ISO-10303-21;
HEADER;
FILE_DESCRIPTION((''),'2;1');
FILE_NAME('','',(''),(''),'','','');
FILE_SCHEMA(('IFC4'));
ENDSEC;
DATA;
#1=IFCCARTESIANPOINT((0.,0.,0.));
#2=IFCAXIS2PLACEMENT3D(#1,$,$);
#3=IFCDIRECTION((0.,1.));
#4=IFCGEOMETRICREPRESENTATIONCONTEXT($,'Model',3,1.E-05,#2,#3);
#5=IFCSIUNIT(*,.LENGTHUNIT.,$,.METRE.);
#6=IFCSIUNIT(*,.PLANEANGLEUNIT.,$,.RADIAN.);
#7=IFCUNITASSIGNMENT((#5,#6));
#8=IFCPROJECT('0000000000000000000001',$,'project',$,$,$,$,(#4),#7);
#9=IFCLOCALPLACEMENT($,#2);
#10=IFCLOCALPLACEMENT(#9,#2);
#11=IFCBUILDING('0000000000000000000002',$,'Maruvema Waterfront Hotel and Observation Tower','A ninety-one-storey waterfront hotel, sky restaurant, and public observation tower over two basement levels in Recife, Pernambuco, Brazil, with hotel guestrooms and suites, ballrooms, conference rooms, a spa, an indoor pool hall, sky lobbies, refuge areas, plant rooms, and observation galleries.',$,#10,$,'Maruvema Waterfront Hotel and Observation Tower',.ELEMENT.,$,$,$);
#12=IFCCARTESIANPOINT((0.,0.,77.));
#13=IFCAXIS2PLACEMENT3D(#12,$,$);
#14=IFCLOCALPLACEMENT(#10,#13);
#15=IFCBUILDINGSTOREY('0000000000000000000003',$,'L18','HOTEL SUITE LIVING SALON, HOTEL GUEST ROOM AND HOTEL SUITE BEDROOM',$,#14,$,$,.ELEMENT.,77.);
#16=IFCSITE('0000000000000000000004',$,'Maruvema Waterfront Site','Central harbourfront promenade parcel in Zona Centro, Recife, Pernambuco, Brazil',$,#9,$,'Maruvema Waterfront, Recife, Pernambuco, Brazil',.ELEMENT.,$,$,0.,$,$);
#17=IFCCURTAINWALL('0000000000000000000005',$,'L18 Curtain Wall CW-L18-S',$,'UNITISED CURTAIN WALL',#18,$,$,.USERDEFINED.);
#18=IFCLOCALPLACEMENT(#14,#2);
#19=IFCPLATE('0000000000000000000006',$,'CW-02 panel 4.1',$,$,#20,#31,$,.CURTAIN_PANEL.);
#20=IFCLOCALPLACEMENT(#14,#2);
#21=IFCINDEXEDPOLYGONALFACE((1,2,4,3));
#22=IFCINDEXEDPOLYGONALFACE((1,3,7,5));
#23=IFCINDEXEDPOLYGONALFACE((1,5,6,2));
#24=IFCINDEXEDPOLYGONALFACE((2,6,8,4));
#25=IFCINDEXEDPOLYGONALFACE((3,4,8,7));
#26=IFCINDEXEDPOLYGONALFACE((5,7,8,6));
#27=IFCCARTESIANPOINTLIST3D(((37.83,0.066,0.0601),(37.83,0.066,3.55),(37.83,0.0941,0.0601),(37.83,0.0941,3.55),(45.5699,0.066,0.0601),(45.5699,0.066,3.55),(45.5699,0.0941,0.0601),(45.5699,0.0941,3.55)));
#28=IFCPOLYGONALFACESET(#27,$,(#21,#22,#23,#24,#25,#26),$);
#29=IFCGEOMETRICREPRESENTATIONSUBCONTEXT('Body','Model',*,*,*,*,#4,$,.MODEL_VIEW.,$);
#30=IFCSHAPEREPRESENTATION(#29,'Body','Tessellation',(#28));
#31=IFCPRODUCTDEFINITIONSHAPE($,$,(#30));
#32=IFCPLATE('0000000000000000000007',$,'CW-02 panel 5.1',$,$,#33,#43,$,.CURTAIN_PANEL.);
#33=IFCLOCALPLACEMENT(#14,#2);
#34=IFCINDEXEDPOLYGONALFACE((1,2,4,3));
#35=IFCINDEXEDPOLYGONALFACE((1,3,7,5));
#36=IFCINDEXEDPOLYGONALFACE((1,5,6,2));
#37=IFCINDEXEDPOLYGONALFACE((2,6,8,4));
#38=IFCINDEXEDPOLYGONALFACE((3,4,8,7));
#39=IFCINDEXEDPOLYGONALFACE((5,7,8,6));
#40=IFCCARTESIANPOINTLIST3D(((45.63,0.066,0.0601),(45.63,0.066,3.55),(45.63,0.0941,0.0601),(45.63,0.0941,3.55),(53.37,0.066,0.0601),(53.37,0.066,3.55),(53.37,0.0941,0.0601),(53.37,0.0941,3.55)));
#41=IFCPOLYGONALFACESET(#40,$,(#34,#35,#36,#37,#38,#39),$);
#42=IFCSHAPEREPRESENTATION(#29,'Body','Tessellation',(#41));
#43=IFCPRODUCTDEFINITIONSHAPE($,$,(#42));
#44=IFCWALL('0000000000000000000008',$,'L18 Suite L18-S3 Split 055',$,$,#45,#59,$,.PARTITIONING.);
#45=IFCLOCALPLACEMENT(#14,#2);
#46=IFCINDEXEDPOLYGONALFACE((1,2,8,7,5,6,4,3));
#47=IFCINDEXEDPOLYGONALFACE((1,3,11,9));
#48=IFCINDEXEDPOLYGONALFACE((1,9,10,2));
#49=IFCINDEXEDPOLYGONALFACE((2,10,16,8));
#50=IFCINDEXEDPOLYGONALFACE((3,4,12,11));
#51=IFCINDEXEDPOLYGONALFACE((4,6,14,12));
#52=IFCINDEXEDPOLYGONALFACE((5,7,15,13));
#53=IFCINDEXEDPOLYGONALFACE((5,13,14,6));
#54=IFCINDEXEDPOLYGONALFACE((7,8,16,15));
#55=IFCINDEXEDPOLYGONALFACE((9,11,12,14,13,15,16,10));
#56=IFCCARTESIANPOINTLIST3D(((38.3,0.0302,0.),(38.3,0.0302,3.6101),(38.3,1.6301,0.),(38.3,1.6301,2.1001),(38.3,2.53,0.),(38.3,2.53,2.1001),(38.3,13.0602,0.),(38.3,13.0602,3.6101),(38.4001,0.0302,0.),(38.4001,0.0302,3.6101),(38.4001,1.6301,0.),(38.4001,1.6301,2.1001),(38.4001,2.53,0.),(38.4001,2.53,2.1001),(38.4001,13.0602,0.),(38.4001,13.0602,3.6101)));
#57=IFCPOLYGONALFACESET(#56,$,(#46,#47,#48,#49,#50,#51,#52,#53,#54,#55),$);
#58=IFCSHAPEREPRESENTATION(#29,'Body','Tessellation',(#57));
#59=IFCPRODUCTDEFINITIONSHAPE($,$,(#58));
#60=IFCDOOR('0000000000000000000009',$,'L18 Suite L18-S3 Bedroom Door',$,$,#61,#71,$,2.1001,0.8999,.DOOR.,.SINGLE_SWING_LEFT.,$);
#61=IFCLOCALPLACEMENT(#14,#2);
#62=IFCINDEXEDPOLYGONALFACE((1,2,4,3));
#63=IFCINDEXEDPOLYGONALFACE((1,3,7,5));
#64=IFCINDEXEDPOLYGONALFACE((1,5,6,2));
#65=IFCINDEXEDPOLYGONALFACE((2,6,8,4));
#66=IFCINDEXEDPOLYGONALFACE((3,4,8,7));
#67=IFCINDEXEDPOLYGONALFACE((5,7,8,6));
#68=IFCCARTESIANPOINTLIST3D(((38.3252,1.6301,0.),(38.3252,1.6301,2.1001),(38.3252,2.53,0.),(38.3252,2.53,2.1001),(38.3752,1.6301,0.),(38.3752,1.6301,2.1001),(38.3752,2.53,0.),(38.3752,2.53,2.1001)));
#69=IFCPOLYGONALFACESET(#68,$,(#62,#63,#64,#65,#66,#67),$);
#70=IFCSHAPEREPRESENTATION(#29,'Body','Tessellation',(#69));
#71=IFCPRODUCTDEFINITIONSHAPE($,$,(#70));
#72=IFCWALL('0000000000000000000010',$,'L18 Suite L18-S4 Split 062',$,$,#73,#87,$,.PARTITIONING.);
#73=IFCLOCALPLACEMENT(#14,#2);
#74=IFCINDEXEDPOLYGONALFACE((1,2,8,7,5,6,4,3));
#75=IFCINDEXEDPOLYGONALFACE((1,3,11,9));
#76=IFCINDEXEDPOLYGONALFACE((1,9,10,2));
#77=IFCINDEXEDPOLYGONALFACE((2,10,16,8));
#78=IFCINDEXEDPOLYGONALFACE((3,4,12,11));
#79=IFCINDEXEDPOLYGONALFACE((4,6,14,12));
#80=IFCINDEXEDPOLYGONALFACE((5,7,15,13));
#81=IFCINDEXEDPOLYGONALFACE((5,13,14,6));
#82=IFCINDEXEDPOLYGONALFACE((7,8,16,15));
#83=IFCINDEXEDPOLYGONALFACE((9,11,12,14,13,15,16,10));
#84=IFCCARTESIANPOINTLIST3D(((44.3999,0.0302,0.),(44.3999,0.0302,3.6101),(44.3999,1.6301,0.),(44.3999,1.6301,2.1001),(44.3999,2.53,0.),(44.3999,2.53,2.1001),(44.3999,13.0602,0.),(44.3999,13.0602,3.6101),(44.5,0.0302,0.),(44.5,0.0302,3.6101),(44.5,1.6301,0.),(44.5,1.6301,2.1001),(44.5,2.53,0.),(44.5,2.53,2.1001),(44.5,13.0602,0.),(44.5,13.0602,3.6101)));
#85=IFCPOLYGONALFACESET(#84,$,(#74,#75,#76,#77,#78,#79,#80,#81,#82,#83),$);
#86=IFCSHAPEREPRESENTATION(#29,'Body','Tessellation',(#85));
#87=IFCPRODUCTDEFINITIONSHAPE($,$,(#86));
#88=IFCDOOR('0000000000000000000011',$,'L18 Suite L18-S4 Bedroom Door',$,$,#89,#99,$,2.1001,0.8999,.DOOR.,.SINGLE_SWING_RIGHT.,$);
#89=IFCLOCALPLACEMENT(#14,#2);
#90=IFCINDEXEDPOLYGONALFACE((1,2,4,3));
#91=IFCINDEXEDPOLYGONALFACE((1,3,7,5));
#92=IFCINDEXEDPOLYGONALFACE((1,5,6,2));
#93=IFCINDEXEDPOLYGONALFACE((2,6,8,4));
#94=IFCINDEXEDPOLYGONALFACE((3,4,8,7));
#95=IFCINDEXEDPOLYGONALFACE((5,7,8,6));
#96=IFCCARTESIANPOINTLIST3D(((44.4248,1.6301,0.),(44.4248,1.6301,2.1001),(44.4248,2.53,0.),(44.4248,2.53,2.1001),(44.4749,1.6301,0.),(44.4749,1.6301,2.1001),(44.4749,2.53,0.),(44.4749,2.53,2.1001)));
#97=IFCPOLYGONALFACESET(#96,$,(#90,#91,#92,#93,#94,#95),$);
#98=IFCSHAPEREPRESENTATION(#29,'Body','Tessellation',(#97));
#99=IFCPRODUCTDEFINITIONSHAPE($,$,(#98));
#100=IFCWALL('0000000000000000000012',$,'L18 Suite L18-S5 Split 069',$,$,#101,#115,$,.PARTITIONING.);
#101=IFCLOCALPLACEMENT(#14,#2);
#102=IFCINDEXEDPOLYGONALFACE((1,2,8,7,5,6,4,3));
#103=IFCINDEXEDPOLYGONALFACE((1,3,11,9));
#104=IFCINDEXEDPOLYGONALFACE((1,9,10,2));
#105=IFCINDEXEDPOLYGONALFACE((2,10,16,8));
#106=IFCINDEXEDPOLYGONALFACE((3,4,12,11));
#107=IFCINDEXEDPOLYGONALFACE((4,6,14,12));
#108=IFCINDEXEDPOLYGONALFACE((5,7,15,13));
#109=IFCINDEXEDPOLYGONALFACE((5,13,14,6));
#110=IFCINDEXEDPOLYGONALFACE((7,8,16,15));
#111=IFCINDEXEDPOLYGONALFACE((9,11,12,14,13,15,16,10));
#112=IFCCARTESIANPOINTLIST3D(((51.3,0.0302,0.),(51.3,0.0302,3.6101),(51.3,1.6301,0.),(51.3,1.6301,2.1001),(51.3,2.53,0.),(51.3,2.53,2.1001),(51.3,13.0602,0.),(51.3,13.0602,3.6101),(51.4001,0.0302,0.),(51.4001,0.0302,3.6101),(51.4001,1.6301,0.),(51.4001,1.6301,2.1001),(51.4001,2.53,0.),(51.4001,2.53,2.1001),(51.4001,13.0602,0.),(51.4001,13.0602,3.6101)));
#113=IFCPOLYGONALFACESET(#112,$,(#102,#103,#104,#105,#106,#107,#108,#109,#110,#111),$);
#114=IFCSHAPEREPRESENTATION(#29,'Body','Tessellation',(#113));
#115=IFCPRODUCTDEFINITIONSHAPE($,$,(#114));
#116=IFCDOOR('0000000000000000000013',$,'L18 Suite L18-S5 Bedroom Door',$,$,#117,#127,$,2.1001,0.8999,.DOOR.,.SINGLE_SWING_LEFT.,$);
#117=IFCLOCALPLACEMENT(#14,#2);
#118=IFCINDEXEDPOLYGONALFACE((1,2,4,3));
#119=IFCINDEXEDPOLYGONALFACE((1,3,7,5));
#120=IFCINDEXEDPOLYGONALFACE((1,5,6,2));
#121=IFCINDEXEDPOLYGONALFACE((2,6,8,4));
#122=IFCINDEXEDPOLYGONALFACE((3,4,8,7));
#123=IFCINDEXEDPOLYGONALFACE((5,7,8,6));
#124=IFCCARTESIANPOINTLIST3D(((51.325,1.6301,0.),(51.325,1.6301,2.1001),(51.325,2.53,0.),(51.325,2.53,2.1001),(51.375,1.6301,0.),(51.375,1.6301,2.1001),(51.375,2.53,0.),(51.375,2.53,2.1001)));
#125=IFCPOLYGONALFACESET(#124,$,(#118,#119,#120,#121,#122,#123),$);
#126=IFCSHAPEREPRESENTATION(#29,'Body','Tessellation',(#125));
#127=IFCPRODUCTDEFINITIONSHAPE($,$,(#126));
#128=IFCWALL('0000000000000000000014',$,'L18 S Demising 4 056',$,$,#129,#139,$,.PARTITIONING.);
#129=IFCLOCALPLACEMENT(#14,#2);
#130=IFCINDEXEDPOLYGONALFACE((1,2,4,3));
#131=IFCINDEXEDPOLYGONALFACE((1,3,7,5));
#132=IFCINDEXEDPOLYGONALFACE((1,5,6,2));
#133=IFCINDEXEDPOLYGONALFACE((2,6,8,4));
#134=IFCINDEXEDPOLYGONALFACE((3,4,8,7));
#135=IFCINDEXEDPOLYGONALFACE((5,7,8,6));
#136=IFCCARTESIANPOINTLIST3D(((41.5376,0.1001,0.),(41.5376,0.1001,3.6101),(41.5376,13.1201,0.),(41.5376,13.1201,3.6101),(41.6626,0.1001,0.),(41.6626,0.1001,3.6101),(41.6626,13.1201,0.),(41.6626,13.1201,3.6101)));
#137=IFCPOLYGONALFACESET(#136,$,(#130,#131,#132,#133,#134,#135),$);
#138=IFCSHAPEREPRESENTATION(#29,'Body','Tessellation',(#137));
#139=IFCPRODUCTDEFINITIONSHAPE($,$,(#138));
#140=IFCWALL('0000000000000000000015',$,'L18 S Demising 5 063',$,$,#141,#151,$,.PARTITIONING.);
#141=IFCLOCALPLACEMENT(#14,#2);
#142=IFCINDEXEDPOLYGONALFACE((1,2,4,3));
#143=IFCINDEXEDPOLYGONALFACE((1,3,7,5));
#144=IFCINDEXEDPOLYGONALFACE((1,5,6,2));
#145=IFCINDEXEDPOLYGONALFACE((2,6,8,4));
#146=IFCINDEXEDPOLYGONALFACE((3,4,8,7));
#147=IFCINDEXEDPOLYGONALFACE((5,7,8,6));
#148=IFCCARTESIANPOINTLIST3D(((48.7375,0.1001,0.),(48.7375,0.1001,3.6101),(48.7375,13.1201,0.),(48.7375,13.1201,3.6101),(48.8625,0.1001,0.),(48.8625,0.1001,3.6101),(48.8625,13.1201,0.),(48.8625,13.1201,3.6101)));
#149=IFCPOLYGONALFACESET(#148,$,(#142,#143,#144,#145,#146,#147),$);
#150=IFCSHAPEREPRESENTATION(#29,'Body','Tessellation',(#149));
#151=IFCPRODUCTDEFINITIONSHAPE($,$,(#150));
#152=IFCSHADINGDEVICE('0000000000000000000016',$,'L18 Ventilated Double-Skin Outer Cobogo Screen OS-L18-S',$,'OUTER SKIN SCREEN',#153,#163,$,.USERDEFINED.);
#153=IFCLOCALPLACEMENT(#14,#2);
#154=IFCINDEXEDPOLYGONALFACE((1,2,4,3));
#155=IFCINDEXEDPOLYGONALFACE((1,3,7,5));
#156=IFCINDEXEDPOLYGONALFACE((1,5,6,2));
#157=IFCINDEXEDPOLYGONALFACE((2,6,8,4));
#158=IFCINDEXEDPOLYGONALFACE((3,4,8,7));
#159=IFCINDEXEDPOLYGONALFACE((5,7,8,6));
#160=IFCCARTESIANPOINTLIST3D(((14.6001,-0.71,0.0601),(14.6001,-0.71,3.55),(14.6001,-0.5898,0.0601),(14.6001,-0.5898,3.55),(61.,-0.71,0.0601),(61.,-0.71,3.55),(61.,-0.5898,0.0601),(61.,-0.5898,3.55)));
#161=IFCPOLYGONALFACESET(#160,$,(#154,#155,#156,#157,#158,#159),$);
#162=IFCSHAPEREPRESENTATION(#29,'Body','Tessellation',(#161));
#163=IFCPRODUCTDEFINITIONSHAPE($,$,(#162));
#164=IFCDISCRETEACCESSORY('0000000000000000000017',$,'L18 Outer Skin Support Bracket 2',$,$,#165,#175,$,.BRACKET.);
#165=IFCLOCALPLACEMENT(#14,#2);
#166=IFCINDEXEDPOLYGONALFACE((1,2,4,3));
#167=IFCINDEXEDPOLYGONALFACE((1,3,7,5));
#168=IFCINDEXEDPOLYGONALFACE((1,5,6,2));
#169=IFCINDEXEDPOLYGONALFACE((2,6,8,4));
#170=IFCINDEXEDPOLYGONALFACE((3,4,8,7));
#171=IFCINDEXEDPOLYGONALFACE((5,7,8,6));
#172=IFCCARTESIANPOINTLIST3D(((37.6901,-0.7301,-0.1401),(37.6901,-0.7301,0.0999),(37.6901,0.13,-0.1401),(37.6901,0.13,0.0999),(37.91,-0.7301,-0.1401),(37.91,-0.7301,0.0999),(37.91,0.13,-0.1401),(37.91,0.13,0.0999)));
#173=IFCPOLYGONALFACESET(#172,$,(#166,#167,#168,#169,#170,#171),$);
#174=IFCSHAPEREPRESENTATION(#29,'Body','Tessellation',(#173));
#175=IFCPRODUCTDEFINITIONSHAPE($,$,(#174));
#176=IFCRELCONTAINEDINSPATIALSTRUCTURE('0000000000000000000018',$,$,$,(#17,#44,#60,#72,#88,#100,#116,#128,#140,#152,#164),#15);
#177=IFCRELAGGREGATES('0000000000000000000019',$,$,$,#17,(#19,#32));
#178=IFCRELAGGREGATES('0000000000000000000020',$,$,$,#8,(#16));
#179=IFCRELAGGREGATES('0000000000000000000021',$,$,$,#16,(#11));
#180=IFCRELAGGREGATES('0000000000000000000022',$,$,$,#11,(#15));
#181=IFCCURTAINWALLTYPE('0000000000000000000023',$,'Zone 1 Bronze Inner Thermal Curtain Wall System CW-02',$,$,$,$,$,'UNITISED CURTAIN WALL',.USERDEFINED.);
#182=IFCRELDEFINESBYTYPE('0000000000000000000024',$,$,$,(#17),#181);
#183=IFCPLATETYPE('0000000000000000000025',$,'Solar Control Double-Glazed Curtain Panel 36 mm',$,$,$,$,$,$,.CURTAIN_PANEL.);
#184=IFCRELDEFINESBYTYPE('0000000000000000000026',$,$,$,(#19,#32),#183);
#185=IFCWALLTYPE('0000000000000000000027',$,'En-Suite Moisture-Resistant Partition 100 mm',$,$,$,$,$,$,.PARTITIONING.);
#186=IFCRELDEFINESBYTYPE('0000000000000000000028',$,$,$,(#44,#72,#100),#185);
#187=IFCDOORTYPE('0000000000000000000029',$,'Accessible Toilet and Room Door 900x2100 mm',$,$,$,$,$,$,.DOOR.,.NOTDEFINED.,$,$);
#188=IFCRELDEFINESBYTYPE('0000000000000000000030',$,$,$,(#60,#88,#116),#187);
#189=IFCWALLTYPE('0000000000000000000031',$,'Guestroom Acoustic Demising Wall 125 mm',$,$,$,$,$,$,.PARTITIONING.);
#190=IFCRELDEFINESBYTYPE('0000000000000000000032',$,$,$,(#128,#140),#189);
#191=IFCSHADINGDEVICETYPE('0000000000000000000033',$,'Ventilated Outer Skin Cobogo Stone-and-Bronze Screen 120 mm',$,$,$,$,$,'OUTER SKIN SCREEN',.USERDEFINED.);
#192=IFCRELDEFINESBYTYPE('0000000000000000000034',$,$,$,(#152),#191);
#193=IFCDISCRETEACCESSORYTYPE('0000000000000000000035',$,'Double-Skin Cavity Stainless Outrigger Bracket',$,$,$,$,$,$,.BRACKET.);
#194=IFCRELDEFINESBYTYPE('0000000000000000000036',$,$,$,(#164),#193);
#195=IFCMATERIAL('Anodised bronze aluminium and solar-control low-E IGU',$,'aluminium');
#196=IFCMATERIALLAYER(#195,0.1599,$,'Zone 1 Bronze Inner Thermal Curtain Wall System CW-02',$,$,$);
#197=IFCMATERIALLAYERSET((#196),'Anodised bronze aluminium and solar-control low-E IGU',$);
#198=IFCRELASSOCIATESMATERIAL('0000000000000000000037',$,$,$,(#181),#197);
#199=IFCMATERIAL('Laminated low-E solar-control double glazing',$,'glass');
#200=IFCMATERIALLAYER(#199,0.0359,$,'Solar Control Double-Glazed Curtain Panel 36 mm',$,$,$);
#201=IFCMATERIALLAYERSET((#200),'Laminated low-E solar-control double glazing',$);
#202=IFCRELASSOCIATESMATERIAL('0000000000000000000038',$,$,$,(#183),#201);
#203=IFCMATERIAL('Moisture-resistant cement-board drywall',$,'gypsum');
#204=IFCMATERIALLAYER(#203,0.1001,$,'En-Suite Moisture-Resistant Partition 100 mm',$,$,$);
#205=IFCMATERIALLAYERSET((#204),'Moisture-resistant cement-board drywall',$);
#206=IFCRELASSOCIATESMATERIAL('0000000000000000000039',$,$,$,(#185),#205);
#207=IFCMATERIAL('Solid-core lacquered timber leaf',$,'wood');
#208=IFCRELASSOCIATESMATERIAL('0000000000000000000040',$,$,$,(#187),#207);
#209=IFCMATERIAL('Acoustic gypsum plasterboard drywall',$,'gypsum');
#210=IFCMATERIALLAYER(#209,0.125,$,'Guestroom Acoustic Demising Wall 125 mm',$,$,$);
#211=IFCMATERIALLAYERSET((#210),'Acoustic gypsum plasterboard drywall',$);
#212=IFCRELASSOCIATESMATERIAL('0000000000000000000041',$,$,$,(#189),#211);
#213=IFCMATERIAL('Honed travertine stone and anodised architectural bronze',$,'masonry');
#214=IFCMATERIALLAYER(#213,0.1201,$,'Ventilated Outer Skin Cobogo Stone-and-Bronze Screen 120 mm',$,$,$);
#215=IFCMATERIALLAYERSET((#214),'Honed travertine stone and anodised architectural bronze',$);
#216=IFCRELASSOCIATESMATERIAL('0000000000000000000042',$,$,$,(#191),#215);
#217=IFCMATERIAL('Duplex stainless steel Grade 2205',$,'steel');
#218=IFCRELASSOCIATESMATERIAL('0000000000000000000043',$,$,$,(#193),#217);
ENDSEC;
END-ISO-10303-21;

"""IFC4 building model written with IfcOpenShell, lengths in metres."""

from ifc_helpers import new_model, si_unit, direction, frame, frame_2d, origin, origin_2d, place, context, subcontext, project, spatial, rectangle, extrude, material, layer, layer_set, type_object, element, fill, aggregate, save


model = new_model("IFC4")

# Units and contexts
model_context = context("Model", 3, precision=1e-05, world=origin(), true_north=direction((0.0, 1.0)))
body_context = subcontext(model_context, "Body", "Model", "MODEL_VIEW")
ifc_project = project(units=[si_unit("LENGTHUNIT", "METRE"), si_unit("PLANEANGLEUNIT", "RADIAN")], contexts=[model_context])

# Site, building, storey
site_placement = place(None, origin())
site = spatial("IfcSite", under=ifc_project, at=site_placement, Name="Maruvema Waterfront Site", Description="Central harbourfront promenade parcel in Zona Centro, Recife, Pernambuco, Brazil", LongName="Maruvema Waterfront, Recife, Pernambuco, Brazil", CompositionType="ELEMENT", RefElevation=0.0)
building_placement = place(site_placement, origin())
building = spatial("IfcBuilding", under=site, at=building_placement, Name="Maruvema Waterfront Hotel and Observation Tower", Description="A ninety-one-storey waterfront hotel, sky restaurant, and public observation tower over two basement levels in Recife, Pernambuco, Brazil, with hotel guestrooms and suites, ballrooms, conference rooms, a spa, an indoor pool hall, sky lobbies, refuge areas, plant rooms, and observation galleries.", LongName="Maruvema Waterfront Hotel and Observation Tower", CompositionType="ELEMENT")
storey_placement = place(building_placement, frame((0.0, 0.0, 77.0)))
storey = spatial("IfcBuildingStorey", under=building, at=storey_placement, Name="L18", Description="HOTEL SUITE LIVING SALON, HOTEL GUEST ROOM AND HOTEL SUITE BEDROOM", CompositionType="ELEMENT", Elevation=77.0)

# Curtain wall
ifc_material_1 = material(Name="Anodised bronze aluminium and solar-control low-E IGU", Category="aluminium")
ifc_layer_1 = layer(ifc_material_1, 0.1599, Name="Zone 1 Bronze Inner Thermal Curtain Wall System CW-02")
ifc_layer_set_1 = layer_set([ifc_layer_1], Name="Anodised bronze aluminium and solar-control low-E IGU")
curtain_wall_type = type_object("IfcCurtainWallType", Name="Zone 1 Bronze Inner Thermal Curtain Wall System CW-02", ElementType="UNITISED CURTAIN WALL", PredefinedType="USERDEFINED", material=ifc_layer_set_1)
curtain_wall_placement = place(storey_placement, origin())
curtain_wall = element("IfcCurtainWall", 1, at=curtain_wall_placement, inside=storey, type_object=curtain_wall_type, Name="L18 Curtain Wall CW-L18-S", ObjectType="UNITISED CURTAIN WALL", PredefinedType="USERDEFINED")

# Plates
ifc_material_2 = material(Name="Laminated low-E solar-control double glazing", Category="glass")
ifc_layer_2 = layer(ifc_material_2, 0.0359, Name="Solar Control Double-Glazed Curtain Panel 36 mm")
ifc_layer_set_2 = layer_set([ifc_layer_2], Name="Laminated low-E solar-control double glazing")
plate_type = type_object("IfcPlateType", Name="Solar Control Double-Glazed Curtain Panel 36 mm", PredefinedType="CURTAIN_PANEL", material=ifc_layer_set_2)
plate_1_placement = place(storey_placement, frame((41.7, 0.0801, 0.0601), z_axis=(0.0, 0.0, 1.0), x_axis=(1.0, 0.0, 0.0)))
plate_1 = element("IfcPlate", 2, at=plate_1_placement, type_object=plate_type, Name="CW-02 panel 4.1", PredefinedType="CURTAIN_PANEL", context=body_context, shape_type="SweptSolid", body=[
    extrude(rectangle(XDim=7.74, YDim=0.0281, at=origin_2d()), origin(), (0.0, 0.0, 1.0), 3.49),
])
plate_2_placement = place(storey_placement, frame((49.5, 0.0801, 0.0601), z_axis=(0.0, 0.0, 1.0), x_axis=(1.0, 0.0, 0.0)))
plate_2 = element("IfcPlate", 3, at=plate_2_placement, type_object=plate_type, Name="CW-02 panel 5.1", PredefinedType="CURTAIN_PANEL", context=body_context, shape_type="SweptSolid", body=[
    extrude(rectangle(XDim=7.74, YDim=0.0281, at=origin_2d()), origin(), (0.0, 0.0, 1.0), 3.49),
])
aggregate(curtain_wall, [plate_1, plate_2])

# Walls, openings, doors
ifc_material_3 = material(Name="Moisture-resistant cement-board drywall", Category="gypsum")
ifc_layer_3 = layer(ifc_material_3, 0.1001, Name="En-Suite Moisture-Resistant Partition 100 mm")
ifc_layer_set_3 = layer_set([ifc_layer_3], Name="Moisture-resistant cement-board drywall")
wall_type_1 = type_object("IfcWallType", Name="En-Suite Moisture-Resistant Partition 100 mm", PredefinedType="PARTITIONING", material=ifc_layer_set_3)
wall_1_placement = place(storey_placement, frame((38.3501, 0.03, 0.0), z_axis=(0.0, 0.0, 1.0), x_axis=(0.0, 1.0, 0.0)))
wall_1 = element("IfcWall", 4, at=wall_1_placement, inside=storey, type_object=wall_type_1, Name="L18 Suite L18-S3 Split 055", PredefinedType="PARTITIONING", context=body_context, shape_type="SweptSolid", body=[
    extrude(rectangle(XDim=13.03, YDim=0.1001, at=frame_2d((6.5151, 0.0))), origin(), (0.0, 0.0, 1.0), 3.6101),
])
opening_1_placement = place(wall_1_placement, frame((1.6001, 0.0, 0.0)))
opening_1 = element("IfcOpeningElement", 5, at=opening_1_placement, cuts=wall_1, PredefinedType="OPENING", context=body_context, shape_type="SweptSolid", body=[
    extrude(rectangle(XDim=0.8999, YDim=2.1001, at=frame_2d((0.45, 1.05))), frame((0.0, 0.0601, 0.0), z_axis=(0.0, -1.0, 0.0), x_axis=(1.0, 0.0, 0.0)), (0.0, 0.0, 1.0), 0.1201),
])
ifc_material_4 = material(Name="Solid-core lacquered timber leaf", Category="wood")
door_type = type_object("IfcDoorType", Name="Accessible Toilet and Room Door 900x2100 mm", OperationType="NOTDEFINED", PredefinedType="DOOR", material=ifc_material_4)
door_1_placement = place(opening_1_placement, origin())
door_1 = element("IfcDoor", 6, at=door_1_placement, inside=storey, type_object=door_type, Name="L18 Suite L18-S3 Bedroom Door", OperationType="SINGLE_SWING_LEFT", OverallHeight=2.1001, OverallWidth=0.8999, PredefinedType="DOOR", context=body_context, shape_type="SweptSolid", body=[
    extrude(rectangle(XDim=0.8999, YDim=2.1001, at=frame_2d((0.45, 1.05))), frame((0.0, 0.0249, 0.0), z_axis=(0.0, -1.0, 0.0), x_axis=(1.0, 0.0, 0.0)), (0.0, 0.0, 1.0), 0.05),
])
fill(opening_1, door_1)
wall_2_placement = place(storey_placement, frame((44.45, 0.03, 0.0), z_axis=(0.0, 0.0, 1.0), x_axis=(0.0, 1.0, 0.0)))
wall_2 = element("IfcWall", 7, at=wall_2_placement, inside=storey, type_object=wall_type_1, Name="L18 Suite L18-S4 Split 062", PredefinedType="PARTITIONING", context=body_context, shape_type="SweptSolid", body=[
    extrude(rectangle(XDim=13.03, YDim=0.1001, at=frame_2d((6.5151, 0.0))), origin(), (0.0, 0.0, 1.0), 3.6101),
])
opening_2_placement = place(wall_2_placement, frame((1.6001, 0.0, 0.0)))
opening_2 = element("IfcOpeningElement", 8, at=opening_2_placement, cuts=wall_2, PredefinedType="OPENING", context=body_context, shape_type="SweptSolid", body=[
    extrude(rectangle(XDim=0.8999, YDim=2.1001, at=frame_2d((0.45, 1.05))), frame((0.0, 0.0601, 0.0), z_axis=(0.0, -1.0, 0.0), x_axis=(1.0, 0.0, 0.0)), (0.0, 0.0, 1.0), 0.1201),
])
door_2_placement = place(opening_2_placement, frame((0.8999, 0.0, 0.0), z_axis=(0.0, 0.0, 1.0), x_axis=(-1.0, 0.0, 0.0)))
door_2 = element("IfcDoor", 9, at=door_2_placement, inside=storey, type_object=door_type, Name="L18 Suite L18-S4 Bedroom Door", OperationType="SINGLE_SWING_RIGHT", OverallHeight=2.1001, OverallWidth=0.8999, PredefinedType="DOOR", context=body_context, shape_type="SweptSolid", body=[
    extrude(rectangle(XDim=0.8999, YDim=2.1001, at=frame_2d((0.45, 1.05))), frame((0.0, 0.0249, 0.0), z_axis=(0.0, -1.0, 0.0), x_axis=(1.0, 0.0, 0.0)), (0.0, 0.0, 1.0), 0.05),
])
fill(opening_2, door_2)
wall_3_placement = place(storey_placement, frame((51.3501, 0.03, 0.0), z_axis=(0.0, 0.0, 1.0), x_axis=(0.0, 1.0, 0.0)))
wall_3 = element("IfcWall", 10, at=wall_3_placement, inside=storey, type_object=wall_type_1, Name="L18 Suite L18-S5 Split 069", PredefinedType="PARTITIONING", context=body_context, shape_type="SweptSolid", body=[
    extrude(rectangle(XDim=13.03, YDim=0.1001, at=frame_2d((6.5151, 0.0))), origin(), (0.0, 0.0, 1.0), 3.6101),
])
opening_3_placement = place(wall_3_placement, frame((1.6001, 0.0, 0.0)))
opening_3 = element("IfcOpeningElement", 11, at=opening_3_placement, cuts=wall_3, PredefinedType="OPENING", context=body_context, shape_type="SweptSolid", body=[
    extrude(rectangle(XDim=0.8999, YDim=2.1001, at=frame_2d((0.45, 1.05))), frame((0.0, 0.0601, 0.0), z_axis=(0.0, -1.0, 0.0), x_axis=(1.0, 0.0, 0.0)), (0.0, 0.0, 1.0), 0.1201),
])
door_3_placement = place(opening_3_placement, frame((0.8999, 0.0, 0.0), z_axis=(0.0, 0.0, 1.0), x_axis=(-1.0, 0.0, 0.0)))
door_3 = element("IfcDoor", 12, at=door_3_placement, inside=storey, type_object=door_type, Name="L18 Suite L18-S5 Bedroom Door", OperationType="SINGLE_SWING_LEFT", OverallHeight=2.1001, OverallWidth=0.8999, PredefinedType="DOOR", context=body_context, shape_type="SweptSolid", body=[
    extrude(rectangle(XDim=0.8999, YDim=2.1001, at=frame_2d((0.45, 1.05))), frame((0.0, 0.0249, 0.0), z_axis=(0.0, -1.0, 0.0), x_axis=(1.0, 0.0, 0.0)), (0.0, 0.0, 1.0), 0.05),
])
fill(opening_3, door_3)

# Walls
ifc_material_5 = material(Name="Acoustic gypsum plasterboard drywall", Category="gypsum")
ifc_layer_4 = layer(ifc_material_5, 0.125, Name="Guestroom Acoustic Demising Wall 125 mm")
ifc_layer_set_4 = layer_set([ifc_layer_4], Name="Acoustic gypsum plasterboard drywall")
wall_type_2 = type_object("IfcWallType", Name="Guestroom Acoustic Demising Wall 125 mm", PredefinedType="PARTITIONING", material=ifc_layer_set_4)
for number, where, z_axis, x_axis, name in (
    (13, (41.6001, 0.1001, 0.0), (0.0, 0.0, 1.0), (0.0, 1.0, 0.0), "L18 S Demising 4 056"),
    (14, (48.8, 0.1001, 0.0), (0.0, 0.0, 1.0), (0.0, 1.0, 0.0), "L18 S Demising 5 063"),
):
    element("IfcWall", number, at=place(storey_placement, frame(where, z_axis=z_axis, x_axis=x_axis)), inside=storey, type_object=wall_type_2, Name=name, PredefinedType="PARTITIONING", context=body_context, shape_type="SweptSolid", body=[
        extrude(rectangle(XDim=13.02, YDim=0.125, at=frame_2d((6.51, 0.0))), origin(), (0.0, 0.0, 1.0), 3.6101),
    ])

# Shading device
ifc_material_6 = material(Name="Honed travertine stone and anodised architectural bronze", Category="masonry")
ifc_layer_5 = layer(ifc_material_6, 0.1201, Name="Ventilated Outer Skin Cobogo Stone-and-Bronze Screen 120 mm")
ifc_layer_set_5 = layer_set([ifc_layer_5], Name="Honed travertine stone and anodised architectural bronze")
shading_device_type = type_object("IfcShadingDeviceType", Name="Ventilated Outer Skin Cobogo Stone-and-Bronze Screen 120 mm", ElementType="OUTER SKIN SCREEN", PredefinedType="USERDEFINED", material=ifc_layer_set_5)
shading_device_placement = place(storey_placement, frame((37.8, -0.6499, 0.0601), z_axis=(0.0, 0.0, 1.0), x_axis=(1.0, 0.0, 0.0)))
element("IfcShadingDevice", 15, at=shading_device_placement, inside=storey, type_object=shading_device_type, Name="L18 Ventilated Double-Skin Outer Cobogo Screen OS-L18-S", ObjectType="OUTER SKIN SCREEN", PredefinedType="USERDEFINED", context=body_context, shape_type="SweptSolid", body=[
    extrude(rectangle(XDim=46.3999, YDim=0.1201, at=origin_2d()), origin(), (0.0, 0.0, 1.0), 3.49),
])

# Discrete accessory
ifc_material_7 = material(Name="Duplex stainless steel Grade 2205", Category="steel")
discrete_accessory_type = type_object("IfcDiscreteAccessoryType", Name="Double-Skin Cavity Stainless Outrigger Bracket", PredefinedType="BRACKET", material=ifc_material_7)
for number, where, z_axis, x_axis, name in (
    (16, (37.8, -0.3, -0.1401), (0.0, 0.0, 1.0), (1.0, 0.0, 0.0), "L18 Outer Skin Support Bracket 2"),
):
    element("IfcDiscreteAccessory", number, at=place(storey_placement, frame(where, z_axis=z_axis, x_axis=x_axis)), inside=storey, type_object=discrete_accessory_type, Name=name, PredefinedType="BRACKET", context=body_context, shape_type="SweptSolid", body=[
        extrude(rectangle(XDim=0.22, YDim=0.8601, at=origin_2d()), origin(), (0.0, 0.0, 1.0), 0.24),
    ])

save(model, "model.ifc")
